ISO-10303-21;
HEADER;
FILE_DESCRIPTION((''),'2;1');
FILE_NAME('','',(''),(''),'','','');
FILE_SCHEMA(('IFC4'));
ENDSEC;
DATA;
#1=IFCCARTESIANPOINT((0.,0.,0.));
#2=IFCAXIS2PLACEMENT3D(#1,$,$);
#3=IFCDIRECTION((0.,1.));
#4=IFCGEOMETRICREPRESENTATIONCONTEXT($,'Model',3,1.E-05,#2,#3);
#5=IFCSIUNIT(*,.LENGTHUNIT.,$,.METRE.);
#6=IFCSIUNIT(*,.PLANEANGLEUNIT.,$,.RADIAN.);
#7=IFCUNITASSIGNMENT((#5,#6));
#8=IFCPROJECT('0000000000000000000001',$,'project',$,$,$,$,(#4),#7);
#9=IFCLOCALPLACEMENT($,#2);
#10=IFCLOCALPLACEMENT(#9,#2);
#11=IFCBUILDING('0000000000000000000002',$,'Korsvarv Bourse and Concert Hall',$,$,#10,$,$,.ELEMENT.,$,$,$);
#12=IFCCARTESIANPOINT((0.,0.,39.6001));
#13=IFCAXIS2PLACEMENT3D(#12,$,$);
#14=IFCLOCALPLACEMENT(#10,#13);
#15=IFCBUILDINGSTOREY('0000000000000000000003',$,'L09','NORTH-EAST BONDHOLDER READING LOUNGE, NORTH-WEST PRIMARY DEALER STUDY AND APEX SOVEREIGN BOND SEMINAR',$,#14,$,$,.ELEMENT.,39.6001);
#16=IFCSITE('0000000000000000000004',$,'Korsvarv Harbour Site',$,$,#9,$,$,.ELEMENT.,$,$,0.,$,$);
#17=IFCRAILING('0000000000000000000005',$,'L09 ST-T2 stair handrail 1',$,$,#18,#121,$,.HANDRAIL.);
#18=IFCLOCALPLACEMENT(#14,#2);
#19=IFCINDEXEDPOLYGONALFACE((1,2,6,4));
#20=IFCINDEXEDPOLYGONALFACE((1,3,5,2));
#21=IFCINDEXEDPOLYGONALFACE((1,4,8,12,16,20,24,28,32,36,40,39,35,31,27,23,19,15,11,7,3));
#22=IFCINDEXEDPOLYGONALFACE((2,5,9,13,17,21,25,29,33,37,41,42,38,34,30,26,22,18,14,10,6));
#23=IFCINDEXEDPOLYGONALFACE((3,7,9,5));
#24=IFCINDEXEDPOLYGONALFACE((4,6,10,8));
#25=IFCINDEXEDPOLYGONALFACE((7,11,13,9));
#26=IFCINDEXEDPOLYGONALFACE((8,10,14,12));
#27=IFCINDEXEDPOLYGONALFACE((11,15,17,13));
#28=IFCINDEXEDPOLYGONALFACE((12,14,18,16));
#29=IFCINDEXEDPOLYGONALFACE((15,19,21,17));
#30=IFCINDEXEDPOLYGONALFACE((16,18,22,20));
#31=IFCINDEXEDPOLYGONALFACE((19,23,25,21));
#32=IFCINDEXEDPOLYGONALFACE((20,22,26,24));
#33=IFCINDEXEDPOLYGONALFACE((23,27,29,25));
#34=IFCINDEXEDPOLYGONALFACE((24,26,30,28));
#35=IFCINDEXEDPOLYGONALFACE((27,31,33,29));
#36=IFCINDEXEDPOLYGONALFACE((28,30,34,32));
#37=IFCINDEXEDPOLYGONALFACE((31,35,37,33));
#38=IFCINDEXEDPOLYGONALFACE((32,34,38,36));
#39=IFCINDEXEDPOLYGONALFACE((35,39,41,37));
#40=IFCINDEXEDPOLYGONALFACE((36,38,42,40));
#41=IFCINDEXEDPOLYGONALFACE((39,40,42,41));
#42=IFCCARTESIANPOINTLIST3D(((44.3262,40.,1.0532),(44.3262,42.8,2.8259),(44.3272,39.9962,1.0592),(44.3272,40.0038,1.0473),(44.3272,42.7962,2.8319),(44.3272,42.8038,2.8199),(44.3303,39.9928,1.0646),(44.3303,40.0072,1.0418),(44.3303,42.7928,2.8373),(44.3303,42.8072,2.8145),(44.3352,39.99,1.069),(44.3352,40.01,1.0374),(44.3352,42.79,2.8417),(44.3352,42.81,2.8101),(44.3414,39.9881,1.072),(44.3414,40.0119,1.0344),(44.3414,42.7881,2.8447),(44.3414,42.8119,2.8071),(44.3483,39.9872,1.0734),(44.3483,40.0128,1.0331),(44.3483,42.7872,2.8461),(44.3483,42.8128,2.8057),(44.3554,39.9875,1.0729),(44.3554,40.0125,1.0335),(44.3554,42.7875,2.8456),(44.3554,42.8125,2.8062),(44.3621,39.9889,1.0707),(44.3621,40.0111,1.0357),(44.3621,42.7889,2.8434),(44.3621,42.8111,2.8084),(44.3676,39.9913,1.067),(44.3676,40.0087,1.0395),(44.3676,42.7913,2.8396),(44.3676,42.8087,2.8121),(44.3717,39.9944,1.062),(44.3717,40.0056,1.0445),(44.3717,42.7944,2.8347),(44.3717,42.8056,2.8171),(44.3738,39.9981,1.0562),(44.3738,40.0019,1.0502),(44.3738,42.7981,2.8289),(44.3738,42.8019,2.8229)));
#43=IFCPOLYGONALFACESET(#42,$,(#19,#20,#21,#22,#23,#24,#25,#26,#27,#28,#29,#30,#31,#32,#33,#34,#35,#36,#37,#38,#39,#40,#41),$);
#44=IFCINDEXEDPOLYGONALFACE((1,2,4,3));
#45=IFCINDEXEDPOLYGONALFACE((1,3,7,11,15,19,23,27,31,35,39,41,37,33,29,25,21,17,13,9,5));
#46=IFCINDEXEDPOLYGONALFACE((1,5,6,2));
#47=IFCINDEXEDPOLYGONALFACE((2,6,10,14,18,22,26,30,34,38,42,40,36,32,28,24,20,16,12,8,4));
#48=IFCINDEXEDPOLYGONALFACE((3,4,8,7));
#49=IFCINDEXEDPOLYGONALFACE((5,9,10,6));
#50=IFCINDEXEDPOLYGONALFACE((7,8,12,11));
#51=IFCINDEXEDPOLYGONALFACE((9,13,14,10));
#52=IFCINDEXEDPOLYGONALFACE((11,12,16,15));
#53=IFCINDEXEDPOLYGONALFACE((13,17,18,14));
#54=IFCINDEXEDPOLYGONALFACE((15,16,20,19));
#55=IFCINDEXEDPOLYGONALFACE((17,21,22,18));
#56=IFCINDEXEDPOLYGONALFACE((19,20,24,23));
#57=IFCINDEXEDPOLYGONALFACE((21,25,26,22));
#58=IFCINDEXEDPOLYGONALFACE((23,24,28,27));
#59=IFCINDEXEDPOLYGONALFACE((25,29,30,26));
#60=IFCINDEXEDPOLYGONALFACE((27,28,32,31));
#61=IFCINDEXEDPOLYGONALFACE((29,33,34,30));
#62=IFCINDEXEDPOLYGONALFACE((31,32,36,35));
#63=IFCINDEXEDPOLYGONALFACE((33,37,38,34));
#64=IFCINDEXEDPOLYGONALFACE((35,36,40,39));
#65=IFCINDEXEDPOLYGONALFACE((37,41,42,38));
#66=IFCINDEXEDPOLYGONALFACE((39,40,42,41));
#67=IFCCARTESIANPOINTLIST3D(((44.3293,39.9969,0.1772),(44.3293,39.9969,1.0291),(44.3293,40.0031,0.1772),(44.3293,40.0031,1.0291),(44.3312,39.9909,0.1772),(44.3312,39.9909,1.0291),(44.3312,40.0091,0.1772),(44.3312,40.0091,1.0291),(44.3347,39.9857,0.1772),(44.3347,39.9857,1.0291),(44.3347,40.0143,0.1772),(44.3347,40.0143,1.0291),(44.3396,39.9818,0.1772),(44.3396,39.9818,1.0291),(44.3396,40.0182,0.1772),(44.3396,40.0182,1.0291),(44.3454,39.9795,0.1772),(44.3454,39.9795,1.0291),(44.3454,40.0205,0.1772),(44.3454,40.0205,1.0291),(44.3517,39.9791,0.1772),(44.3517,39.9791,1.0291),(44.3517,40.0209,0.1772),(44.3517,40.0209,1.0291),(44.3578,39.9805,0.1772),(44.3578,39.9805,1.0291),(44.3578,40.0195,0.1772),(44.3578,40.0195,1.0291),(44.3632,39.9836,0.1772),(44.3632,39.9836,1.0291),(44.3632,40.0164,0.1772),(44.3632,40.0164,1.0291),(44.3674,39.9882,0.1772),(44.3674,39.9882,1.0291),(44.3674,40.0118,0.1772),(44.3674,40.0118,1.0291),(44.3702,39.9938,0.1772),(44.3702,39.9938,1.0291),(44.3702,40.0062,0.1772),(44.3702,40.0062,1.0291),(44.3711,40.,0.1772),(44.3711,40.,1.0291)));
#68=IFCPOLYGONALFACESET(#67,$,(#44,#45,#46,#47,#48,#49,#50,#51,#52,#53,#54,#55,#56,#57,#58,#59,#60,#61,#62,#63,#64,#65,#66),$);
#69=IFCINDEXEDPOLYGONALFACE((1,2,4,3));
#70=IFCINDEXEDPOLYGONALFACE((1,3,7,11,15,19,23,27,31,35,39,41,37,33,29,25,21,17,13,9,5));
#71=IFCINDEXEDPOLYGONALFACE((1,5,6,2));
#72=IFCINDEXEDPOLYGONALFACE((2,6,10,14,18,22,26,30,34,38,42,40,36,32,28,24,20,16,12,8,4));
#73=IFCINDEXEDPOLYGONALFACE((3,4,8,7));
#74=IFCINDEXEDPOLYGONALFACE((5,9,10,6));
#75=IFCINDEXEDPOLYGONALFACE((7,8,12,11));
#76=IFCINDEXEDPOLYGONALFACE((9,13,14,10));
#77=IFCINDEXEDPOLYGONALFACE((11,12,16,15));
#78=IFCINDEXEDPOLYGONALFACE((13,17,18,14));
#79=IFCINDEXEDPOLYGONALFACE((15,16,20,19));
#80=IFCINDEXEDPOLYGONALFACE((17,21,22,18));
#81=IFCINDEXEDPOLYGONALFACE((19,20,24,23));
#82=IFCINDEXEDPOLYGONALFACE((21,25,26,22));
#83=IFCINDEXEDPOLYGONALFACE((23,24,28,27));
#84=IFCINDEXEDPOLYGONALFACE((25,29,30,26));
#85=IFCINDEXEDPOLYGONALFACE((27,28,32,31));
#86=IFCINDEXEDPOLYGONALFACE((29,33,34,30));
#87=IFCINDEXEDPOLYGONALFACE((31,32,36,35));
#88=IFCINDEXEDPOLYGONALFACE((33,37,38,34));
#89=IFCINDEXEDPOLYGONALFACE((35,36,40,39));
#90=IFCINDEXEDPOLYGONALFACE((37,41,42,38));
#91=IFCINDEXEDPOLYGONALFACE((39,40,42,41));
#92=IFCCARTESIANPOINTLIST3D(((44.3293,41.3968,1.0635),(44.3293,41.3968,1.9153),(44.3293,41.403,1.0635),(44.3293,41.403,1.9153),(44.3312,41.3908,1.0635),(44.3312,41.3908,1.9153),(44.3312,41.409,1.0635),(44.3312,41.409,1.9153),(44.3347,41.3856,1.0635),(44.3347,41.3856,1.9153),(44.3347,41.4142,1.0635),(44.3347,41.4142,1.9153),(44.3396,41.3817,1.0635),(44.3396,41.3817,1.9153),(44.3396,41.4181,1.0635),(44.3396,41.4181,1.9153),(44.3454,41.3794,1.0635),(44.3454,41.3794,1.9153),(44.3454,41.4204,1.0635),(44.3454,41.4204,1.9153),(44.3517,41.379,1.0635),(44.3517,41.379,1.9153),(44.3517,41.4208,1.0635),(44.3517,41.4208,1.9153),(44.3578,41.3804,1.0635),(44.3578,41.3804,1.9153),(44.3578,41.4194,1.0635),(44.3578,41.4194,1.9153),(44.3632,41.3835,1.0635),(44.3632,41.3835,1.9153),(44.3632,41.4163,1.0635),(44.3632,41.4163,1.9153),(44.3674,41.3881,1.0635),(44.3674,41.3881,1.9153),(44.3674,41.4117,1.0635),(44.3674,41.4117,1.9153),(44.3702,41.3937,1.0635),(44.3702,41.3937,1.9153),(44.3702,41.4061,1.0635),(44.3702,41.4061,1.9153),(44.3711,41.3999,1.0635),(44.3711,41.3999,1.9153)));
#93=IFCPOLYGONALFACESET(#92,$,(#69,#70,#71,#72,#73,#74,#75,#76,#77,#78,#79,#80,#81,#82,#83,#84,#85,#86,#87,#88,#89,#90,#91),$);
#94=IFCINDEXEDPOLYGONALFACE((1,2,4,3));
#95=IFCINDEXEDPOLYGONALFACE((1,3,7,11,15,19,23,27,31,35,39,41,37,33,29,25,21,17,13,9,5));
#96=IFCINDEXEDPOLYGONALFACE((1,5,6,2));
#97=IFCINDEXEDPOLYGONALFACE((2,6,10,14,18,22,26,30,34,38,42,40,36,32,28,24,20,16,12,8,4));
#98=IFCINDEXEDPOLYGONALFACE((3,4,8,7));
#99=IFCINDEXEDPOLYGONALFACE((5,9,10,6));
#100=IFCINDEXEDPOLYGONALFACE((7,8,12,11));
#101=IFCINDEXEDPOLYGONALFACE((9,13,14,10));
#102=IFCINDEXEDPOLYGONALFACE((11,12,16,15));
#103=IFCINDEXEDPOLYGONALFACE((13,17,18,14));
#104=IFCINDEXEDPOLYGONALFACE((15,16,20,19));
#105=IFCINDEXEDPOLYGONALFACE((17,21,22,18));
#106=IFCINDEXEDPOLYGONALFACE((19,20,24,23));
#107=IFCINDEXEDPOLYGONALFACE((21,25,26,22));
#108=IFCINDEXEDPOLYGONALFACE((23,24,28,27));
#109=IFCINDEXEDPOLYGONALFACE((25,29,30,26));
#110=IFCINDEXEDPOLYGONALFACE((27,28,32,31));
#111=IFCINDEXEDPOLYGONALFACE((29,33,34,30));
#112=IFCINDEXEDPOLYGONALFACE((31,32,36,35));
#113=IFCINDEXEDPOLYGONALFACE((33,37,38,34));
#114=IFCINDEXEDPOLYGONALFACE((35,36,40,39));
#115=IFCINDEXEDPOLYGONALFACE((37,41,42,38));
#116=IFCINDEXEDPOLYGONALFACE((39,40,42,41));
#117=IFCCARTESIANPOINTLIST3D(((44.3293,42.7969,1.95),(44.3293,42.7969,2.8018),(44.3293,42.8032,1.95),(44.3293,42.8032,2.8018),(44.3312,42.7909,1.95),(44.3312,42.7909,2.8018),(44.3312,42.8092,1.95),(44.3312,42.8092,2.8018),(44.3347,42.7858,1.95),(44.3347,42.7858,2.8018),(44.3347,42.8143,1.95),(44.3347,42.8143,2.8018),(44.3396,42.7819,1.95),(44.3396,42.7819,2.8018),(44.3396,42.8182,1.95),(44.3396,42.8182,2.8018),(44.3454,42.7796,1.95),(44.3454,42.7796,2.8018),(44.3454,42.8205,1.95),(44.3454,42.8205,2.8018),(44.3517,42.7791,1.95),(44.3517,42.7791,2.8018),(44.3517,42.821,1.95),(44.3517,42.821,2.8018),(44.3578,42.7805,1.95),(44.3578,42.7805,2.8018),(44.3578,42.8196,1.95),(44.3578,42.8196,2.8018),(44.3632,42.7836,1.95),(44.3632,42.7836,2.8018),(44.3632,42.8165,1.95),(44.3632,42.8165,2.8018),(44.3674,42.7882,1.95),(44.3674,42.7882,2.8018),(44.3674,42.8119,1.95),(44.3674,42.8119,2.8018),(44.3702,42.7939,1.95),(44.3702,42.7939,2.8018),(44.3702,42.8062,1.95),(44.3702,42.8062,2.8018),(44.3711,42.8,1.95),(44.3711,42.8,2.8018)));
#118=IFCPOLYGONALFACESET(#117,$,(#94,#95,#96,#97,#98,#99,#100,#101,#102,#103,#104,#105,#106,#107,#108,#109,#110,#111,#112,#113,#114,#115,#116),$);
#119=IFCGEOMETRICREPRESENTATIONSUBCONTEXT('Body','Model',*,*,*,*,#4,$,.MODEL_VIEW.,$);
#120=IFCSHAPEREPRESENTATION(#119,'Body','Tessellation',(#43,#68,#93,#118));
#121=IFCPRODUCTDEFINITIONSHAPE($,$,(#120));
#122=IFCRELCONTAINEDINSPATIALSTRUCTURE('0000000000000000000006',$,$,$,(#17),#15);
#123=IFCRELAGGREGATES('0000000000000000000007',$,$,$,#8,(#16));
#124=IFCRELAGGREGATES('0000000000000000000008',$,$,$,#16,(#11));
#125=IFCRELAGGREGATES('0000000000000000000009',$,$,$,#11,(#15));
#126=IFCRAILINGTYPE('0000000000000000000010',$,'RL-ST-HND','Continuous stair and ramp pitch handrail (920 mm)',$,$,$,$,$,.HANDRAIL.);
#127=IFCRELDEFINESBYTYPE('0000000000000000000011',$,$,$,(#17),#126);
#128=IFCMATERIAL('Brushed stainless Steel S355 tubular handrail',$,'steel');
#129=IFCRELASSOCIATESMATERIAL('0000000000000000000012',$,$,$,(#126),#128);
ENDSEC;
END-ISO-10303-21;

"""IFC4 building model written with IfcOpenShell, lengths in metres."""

from ifc_helpers import new_model, si_unit, direction, frame, origin, origin_2d, place, context, subcontext, project, spatial, circle, extrude, material, type_object, element, save


model = new_model("IFC4")

# Units and contexts
model_context = context("Model", 3, precision=1e-05, world=origin(), true_north=direction((0.0, 1.0)))
body_context = subcontext(model_context, "Body", "Model", "MODEL_VIEW")
ifc_project = project(units=[si_unit("LENGTHUNIT", "METRE"), si_unit("PLANEANGLEUNIT", "RADIAN")], contexts=[model_context])

# Site, building, storey
site_placement = place(None, origin())
site = spatial("IfcSite", under=ifc_project, at=site_placement, Name="Korsvarv Harbour Site", CompositionType="ELEMENT", RefElevation=0.0)
building_placement = place(site_placement, origin())
building = spatial("IfcBuilding", under=site, at=building_placement, Name="Korsvarv Bourse and Concert Hall", CompositionType="ELEMENT")
storey_placement = place(building_placement, frame((0.0, 0.0, 39.6001)))
storey = spatial("IfcBuildingStorey", under=building, at=storey_placement, Name="L09", Description="NORTH-EAST BONDHOLDER READING LOUNGE, NORTH-WEST PRIMARY DEALER STUDY AND APEX SOVEREIGN BOND SEMINAR", CompositionType="ELEMENT", Elevation=39.6001)

# Railing
ifc_material_1 = material(Name="Brushed stainless Steel S355 tubular handrail", Category="steel")
railing_type_1 = type_object("IfcRailingType", Name="RL-ST-HND", Description="Continuous stair and ramp pitch handrail (920 mm)", PredefinedType="HANDRAIL", material=ifc_material_1)
railing_1_placement = place(storey_placement, frame((44.3501, 40.0, 0.1772)))
element("IfcRailing", 1, at=railing_1_placement, inside=storey, type_object=railing_type_1, Name="L09 ST-T2 stair handrail 1", PredefinedType="HANDRAIL", context=body_context, shape_type="SweptSolid", body=[
    extrude(circle(Radius=0.0239, at=origin_2d()), frame((0.0, 0.0, 0.876), z_axis=(0.0, 0.844909, 0.53491), x_axis=(-1.0, 0.0, 0.0)), (0.0, 0.0, 1.0), 3.314),
    extrude(circle(Radius=0.021, at=origin_2d()), origin(), (0.0, 0.0, 1.0), 0.8518),
    extrude(circle(Radius=0.021, at=origin_2d()), frame((0.0, 1.3999, 0.8862)), (0.0, 0.0, 1.0), 0.8518),
    extrude(circle(Radius=0.021, at=origin_2d()), frame((0.0, 2.8, 1.7727)), (0.0, 0.0, 1.0), 0.8518),
])

save(model, "model.ifc")
